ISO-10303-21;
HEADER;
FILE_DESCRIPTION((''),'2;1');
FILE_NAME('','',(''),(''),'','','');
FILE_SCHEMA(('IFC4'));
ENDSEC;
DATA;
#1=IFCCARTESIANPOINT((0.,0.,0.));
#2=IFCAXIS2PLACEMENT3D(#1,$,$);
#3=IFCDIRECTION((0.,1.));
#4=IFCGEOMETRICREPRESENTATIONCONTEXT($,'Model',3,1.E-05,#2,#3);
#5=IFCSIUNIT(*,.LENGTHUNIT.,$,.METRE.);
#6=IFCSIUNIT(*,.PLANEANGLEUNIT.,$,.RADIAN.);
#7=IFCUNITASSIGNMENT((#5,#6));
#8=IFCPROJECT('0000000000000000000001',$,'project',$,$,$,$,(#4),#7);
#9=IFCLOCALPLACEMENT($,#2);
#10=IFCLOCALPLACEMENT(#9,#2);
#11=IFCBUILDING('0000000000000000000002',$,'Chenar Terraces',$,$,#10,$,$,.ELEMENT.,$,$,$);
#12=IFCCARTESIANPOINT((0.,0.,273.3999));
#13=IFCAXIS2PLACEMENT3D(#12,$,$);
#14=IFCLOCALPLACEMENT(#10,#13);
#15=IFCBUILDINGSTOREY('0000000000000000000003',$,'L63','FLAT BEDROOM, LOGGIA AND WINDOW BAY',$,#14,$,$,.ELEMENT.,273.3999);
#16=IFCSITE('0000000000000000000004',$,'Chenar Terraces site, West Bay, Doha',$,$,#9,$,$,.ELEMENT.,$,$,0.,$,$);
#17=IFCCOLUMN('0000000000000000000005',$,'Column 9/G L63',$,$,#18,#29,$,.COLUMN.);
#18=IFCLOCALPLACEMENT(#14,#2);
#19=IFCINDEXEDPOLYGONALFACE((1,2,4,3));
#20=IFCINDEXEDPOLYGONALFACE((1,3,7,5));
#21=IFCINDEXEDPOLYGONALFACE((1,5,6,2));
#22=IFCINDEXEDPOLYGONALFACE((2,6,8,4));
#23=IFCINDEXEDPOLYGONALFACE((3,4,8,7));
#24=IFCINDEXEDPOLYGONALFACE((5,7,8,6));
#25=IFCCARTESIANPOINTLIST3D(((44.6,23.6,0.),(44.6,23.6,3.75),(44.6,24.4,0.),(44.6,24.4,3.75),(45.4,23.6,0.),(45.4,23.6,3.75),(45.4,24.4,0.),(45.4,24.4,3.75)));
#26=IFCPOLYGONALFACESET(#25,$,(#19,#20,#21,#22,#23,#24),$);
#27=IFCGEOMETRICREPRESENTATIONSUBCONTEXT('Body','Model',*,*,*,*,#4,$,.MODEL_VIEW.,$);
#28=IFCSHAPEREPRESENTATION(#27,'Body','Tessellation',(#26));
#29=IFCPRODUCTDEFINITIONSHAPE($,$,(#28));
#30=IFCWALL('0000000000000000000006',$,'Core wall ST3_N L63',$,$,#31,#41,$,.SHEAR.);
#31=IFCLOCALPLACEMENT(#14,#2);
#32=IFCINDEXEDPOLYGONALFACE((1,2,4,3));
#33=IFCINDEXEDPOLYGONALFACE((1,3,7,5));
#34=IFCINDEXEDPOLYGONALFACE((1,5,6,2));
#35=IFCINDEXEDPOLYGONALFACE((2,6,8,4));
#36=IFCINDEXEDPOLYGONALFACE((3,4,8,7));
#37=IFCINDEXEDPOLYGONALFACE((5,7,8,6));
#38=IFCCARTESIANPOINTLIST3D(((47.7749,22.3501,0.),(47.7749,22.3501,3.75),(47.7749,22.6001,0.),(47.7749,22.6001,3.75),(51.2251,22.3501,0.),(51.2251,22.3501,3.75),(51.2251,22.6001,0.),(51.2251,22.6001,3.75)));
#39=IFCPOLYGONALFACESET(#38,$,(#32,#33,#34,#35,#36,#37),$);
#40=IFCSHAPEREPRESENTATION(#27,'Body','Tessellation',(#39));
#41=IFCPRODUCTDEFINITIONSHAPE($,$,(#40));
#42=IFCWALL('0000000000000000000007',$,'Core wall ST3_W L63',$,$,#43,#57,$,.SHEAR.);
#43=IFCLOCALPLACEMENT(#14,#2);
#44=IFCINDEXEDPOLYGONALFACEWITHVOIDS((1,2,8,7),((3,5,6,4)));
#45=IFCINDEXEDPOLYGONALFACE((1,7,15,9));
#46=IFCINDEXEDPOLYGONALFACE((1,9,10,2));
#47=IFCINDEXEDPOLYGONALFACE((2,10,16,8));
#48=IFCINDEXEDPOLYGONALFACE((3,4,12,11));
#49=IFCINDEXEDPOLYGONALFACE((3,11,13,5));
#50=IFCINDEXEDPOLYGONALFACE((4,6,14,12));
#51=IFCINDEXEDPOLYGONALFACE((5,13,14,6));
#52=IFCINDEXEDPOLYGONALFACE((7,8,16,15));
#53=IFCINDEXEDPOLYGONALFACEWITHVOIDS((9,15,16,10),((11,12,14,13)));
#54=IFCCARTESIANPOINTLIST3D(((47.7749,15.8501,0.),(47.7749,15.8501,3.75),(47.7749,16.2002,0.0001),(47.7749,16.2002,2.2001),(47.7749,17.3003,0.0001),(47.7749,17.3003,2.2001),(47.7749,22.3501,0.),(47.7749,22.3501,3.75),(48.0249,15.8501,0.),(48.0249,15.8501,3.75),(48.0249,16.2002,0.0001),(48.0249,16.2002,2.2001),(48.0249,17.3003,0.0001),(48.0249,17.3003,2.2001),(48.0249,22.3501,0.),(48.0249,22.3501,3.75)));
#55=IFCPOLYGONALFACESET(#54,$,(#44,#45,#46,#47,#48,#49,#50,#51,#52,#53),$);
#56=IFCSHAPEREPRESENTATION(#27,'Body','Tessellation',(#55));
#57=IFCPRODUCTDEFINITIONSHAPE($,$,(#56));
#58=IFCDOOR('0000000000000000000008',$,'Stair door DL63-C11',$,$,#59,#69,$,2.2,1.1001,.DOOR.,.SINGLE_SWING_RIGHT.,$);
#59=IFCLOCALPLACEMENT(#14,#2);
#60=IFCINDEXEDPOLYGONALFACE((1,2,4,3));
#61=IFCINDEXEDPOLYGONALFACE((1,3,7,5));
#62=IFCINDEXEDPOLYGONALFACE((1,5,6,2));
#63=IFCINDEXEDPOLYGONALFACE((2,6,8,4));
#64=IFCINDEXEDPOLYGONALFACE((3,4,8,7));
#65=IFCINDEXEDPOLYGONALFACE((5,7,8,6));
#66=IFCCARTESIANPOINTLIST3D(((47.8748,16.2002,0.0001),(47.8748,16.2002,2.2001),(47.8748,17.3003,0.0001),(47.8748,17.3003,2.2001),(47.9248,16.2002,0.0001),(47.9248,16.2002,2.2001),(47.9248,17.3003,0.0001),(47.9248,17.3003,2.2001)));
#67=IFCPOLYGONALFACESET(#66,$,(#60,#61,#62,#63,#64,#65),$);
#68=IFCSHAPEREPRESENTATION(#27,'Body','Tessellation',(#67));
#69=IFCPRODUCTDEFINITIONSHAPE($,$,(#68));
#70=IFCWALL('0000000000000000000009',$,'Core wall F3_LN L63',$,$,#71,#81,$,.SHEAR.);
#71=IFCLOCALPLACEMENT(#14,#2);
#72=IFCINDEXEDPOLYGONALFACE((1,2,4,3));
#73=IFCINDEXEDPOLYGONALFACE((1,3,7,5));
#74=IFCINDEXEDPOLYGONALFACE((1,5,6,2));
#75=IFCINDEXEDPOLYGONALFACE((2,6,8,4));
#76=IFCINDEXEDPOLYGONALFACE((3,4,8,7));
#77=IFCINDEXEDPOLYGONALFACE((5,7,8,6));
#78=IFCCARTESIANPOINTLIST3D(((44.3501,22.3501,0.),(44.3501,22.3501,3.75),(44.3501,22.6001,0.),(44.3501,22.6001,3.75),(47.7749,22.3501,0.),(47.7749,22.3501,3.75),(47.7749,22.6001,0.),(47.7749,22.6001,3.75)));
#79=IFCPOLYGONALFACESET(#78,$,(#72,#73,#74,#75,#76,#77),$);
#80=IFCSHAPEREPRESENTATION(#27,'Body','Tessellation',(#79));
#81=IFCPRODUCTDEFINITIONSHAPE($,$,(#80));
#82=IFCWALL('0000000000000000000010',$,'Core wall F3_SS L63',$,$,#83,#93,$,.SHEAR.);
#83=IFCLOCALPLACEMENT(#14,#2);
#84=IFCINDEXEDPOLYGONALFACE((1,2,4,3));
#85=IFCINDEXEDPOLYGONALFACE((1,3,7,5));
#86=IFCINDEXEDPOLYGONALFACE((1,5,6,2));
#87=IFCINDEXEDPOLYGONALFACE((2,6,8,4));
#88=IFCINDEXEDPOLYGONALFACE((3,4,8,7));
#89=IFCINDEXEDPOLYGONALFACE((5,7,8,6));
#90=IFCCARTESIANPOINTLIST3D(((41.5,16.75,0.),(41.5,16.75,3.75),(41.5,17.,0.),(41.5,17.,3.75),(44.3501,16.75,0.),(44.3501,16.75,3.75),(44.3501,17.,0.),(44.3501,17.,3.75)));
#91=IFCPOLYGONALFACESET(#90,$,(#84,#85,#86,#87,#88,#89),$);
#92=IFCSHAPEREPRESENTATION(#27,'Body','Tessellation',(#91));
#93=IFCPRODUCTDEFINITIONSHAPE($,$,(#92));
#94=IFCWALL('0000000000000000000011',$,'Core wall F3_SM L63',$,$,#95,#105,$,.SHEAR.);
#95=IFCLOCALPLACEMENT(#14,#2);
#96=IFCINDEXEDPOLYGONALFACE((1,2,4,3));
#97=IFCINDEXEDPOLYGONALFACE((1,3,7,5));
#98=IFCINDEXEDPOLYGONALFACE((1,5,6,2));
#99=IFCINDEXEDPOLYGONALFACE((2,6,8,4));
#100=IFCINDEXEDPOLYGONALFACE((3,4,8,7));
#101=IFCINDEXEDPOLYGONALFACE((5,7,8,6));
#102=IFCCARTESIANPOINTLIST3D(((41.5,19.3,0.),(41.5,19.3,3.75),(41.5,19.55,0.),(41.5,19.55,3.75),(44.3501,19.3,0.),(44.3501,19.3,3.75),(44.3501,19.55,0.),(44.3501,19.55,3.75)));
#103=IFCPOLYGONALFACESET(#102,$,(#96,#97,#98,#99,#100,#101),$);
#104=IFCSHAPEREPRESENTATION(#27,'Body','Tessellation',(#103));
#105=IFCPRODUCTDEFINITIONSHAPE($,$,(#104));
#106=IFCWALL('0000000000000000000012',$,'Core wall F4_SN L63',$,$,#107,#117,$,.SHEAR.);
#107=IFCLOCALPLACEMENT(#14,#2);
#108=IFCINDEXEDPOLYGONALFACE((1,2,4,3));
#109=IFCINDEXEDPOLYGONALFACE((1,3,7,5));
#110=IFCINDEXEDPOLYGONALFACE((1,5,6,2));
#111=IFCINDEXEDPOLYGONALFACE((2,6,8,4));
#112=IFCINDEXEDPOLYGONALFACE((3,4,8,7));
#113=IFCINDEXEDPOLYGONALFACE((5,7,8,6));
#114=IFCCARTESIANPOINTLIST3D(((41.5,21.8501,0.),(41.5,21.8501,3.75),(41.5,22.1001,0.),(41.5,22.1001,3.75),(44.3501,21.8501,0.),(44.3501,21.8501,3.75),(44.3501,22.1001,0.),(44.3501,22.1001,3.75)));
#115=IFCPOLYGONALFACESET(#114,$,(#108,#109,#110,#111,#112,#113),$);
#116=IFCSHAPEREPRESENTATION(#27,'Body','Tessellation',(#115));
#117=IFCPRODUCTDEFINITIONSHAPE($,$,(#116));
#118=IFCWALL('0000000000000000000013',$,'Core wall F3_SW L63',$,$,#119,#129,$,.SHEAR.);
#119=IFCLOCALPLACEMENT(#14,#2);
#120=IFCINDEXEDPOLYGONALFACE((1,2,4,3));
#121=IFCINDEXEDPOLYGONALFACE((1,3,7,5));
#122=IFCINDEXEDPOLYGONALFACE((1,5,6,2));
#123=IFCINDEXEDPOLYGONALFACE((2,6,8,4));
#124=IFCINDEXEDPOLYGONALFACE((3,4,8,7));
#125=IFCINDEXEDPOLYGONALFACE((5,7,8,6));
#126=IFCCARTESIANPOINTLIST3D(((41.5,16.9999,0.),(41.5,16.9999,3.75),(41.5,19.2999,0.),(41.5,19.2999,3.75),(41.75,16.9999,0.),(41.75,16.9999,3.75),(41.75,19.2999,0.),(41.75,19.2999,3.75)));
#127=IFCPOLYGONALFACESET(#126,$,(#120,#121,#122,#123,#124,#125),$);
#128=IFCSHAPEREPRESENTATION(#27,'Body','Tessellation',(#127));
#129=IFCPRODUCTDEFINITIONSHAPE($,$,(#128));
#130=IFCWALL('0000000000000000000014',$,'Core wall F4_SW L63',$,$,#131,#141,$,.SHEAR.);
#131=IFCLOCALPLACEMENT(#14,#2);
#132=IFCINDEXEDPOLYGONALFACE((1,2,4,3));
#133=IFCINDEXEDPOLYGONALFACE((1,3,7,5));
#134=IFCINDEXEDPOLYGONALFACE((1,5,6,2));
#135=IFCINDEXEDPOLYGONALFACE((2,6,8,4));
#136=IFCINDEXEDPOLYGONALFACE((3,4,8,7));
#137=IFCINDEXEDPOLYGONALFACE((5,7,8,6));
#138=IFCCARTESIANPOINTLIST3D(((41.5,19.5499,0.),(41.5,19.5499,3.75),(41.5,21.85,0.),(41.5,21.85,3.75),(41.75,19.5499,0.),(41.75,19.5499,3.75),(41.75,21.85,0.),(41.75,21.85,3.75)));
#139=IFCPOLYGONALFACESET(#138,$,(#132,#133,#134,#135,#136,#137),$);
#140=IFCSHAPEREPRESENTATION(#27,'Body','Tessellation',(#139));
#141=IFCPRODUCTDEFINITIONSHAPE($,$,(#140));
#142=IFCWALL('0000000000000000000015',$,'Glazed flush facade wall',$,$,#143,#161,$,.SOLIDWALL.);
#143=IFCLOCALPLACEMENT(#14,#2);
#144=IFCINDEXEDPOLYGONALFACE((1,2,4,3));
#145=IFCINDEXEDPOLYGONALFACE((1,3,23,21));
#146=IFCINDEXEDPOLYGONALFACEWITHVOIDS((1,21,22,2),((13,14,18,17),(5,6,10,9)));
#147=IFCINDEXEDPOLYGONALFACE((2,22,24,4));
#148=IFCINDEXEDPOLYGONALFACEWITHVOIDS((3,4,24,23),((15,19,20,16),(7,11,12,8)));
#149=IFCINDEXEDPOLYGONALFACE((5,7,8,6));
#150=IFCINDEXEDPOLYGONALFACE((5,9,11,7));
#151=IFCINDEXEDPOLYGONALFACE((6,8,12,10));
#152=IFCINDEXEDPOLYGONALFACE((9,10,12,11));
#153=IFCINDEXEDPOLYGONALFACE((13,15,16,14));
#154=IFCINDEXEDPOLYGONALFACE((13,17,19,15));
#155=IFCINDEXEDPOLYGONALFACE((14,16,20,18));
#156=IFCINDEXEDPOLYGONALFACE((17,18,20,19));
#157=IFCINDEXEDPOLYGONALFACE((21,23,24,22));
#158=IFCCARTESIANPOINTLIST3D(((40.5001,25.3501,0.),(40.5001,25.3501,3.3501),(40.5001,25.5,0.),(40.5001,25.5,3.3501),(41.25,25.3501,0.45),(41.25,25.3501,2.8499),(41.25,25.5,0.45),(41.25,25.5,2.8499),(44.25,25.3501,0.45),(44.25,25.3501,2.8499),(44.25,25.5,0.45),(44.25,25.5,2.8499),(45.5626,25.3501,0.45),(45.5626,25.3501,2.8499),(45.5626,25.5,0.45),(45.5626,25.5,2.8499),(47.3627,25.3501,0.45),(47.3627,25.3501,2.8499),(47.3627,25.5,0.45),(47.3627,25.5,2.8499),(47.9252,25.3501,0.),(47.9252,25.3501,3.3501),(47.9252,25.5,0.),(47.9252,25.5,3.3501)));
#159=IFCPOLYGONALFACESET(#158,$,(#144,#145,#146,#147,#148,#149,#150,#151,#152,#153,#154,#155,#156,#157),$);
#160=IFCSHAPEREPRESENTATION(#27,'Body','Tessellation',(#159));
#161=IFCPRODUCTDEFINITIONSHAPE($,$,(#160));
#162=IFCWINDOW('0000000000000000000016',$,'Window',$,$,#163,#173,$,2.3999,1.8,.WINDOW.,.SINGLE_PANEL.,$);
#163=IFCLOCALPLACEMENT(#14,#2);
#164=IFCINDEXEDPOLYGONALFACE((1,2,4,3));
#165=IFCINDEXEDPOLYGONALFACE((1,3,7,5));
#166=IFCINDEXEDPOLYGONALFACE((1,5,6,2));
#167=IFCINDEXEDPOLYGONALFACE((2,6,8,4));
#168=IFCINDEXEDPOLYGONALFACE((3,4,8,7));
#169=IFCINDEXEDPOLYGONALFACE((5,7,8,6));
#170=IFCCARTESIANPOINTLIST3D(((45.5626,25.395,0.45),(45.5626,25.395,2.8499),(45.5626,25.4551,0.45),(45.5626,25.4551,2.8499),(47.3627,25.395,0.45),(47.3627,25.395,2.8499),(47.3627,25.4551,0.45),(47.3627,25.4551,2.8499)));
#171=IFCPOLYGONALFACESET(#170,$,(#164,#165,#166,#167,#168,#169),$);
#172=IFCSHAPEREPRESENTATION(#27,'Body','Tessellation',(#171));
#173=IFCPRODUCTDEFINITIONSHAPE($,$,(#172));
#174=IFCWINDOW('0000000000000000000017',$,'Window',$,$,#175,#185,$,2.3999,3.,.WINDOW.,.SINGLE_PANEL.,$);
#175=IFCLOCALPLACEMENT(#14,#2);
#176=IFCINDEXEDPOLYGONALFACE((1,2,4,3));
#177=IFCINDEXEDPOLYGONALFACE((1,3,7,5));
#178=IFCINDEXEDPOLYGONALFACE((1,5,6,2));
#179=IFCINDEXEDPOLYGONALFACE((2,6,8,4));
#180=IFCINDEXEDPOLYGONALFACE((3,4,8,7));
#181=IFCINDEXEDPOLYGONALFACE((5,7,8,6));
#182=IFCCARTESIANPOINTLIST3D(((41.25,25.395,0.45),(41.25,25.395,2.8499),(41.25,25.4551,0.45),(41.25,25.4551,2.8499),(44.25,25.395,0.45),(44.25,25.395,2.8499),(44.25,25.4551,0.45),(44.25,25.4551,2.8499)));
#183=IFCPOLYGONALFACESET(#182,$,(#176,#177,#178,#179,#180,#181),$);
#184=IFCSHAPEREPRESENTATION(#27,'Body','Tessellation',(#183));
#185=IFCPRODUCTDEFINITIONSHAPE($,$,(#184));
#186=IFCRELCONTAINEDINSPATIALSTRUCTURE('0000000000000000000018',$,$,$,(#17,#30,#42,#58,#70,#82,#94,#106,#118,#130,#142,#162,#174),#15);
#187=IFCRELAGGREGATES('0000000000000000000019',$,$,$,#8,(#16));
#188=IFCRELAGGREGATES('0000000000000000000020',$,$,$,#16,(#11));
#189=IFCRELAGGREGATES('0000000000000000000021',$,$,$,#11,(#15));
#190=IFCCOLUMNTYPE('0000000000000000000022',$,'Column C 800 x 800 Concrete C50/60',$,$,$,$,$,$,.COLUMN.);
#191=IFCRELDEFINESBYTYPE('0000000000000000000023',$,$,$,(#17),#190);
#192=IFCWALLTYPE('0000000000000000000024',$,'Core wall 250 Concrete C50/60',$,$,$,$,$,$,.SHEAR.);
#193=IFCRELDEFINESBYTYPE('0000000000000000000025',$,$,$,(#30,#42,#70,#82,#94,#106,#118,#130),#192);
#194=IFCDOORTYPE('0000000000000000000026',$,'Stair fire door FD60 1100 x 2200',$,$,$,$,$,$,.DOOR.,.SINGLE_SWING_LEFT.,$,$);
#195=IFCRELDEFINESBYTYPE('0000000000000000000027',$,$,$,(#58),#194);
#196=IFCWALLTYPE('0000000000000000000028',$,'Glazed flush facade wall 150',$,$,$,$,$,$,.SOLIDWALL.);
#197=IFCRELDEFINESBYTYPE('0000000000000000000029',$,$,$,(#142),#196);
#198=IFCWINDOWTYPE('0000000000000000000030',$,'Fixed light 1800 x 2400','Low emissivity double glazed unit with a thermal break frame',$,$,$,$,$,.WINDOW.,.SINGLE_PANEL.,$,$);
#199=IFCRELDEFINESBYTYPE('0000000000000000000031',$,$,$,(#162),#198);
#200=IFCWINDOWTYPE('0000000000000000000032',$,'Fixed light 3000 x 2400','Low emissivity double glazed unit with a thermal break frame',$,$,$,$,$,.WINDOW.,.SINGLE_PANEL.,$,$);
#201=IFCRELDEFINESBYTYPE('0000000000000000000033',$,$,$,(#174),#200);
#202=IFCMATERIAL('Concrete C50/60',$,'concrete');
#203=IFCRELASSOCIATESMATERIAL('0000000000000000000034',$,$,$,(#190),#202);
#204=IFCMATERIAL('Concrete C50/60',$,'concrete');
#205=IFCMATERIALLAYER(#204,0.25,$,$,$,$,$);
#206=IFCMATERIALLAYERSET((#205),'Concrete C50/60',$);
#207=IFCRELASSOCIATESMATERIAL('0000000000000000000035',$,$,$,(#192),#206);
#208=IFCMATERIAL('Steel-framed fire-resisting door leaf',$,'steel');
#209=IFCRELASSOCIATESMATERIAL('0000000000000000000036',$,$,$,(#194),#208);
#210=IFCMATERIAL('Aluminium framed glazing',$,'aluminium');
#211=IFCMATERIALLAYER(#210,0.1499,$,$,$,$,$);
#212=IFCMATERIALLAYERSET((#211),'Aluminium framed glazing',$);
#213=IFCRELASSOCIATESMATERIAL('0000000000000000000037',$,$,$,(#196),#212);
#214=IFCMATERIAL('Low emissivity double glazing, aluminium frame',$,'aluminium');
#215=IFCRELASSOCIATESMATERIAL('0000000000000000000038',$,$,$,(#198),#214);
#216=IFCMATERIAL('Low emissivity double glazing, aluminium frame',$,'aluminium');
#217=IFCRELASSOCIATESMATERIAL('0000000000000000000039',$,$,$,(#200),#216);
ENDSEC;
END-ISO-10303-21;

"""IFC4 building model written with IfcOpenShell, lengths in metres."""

from ifc_helpers import new_model, si_unit, direction, frame, frame_2d, origin, origin_2d, place, context, subcontext, project, spatial, rectangle, extrude, material, layer, layer_set, material_profile, profile_set, type_object, element, fill, save


model = new_model("IFC4")

# Units and contexts
model_context = context("Model", 3, precision=1e-05, world=origin(), true_north=direction((0.0, 1.0)))
body_context = subcontext(model_context, "Body", "Model", "MODEL_VIEW")
ifc_project = project(units=[si_unit("LENGTHUNIT", "METRE"), si_unit("PLANEANGLEUNIT", "RADIAN")], contexts=[model_context])

# Site, building, storey
site_placement = place(None, origin())
site = spatial("IfcSite", under=ifc_project, at=site_placement, Name="Chenar Terraces site, West Bay, Doha", CompositionType="ELEMENT", RefElevation=0.0)
building_placement = place(site_placement, origin())
building = spatial("IfcBuilding", under=site, at=building_placement, Name="Chenar Terraces", CompositionType="ELEMENT")
storey_placement = place(building_placement, frame((0.0, 0.0, 273.3999)))
storey = spatial("IfcBuildingStorey", under=building, at=storey_placement, Name="L63", Description="FLAT BEDROOM, LOGGIA AND WINDOW BAY", CompositionType="ELEMENT", Elevation=273.3999)

# Column
ifc_material_1 = material(Name="Concrete C50/60", Category="concrete")
ifc_material_profile_1 = material_profile(ifc_material_1, rectangle(XDim=0.8, YDim=0.8, at=origin_2d()), Name="C 800 x 800")
ifc_profile_set_1 = profile_set([ifc_material_profile_1], Name="Concrete C50/60")
column_type = type_object("IfcColumnType", Name="Column C 800 x 800 Concrete C50/60", PredefinedType="COLUMN", material=ifc_profile_set_1)
column_placement = place(storey_placement, frame((45.0, 24.0, 0.0), z_axis=(0.0, 0.0, 1.0), x_axis=(1.0, 0.0, 0.0)))
element("IfcColumn", 1, at=column_placement, inside=storey, type_object=column_type, Name="Column 9/G L63", PredefinedType="COLUMN", context=body_context, shape_type="SweptSolid", body=[
    extrude(rectangle(XDim=0.8, YDim=0.8, at=origin_2d()), origin(), (0.0, 0.0, 1.0), 3.75),
])

# Wall
ifc_material_2 = material(Name="Concrete C50/60", Category="concrete")
ifc_layer_1 = layer(ifc_material_2, 0.25)
ifc_layer_set_1 = layer_set([ifc_layer_1], Name="Concrete C50/60")
wall_type_1 = type_object("IfcWallType", Name="Core wall 250 Concrete C50/60", PredefinedType="SHEAR", material=ifc_layer_set_1)
wall_1_placement = place(storey_placement, frame((47.7749, 22.4751, 0.0), z_axis=(0.0, 0.0, 1.0), x_axis=(1.0, 0.0, 0.0)))
element("IfcWall", 2, at=wall_1_placement, inside=storey, type_object=wall_type_1, Name="Core wall ST3_N L63", PredefinedType="SHEAR", context=body_context, shape_type="SweptSolid", body=[
    extrude(rectangle(XDim=3.4502, YDim=0.25, at=frame_2d((1.7251, 0.0))), origin(), (0.0, 0.0, 1.0), 3.75),
])

# Wall, opening, door
wall_2_placement = place(storey_placement, frame((47.8999, 15.8501, 0.0), z_axis=(0.0, 0.0, 1.0), x_axis=(0.0, 1.0, 0.0)))
wall_2 = element("IfcWall", 3, at=wall_2_placement, inside=storey, type_object=wall_type_1, Name="Core wall ST3_W L63", PredefinedType="SHEAR", context=body_context, shape_type="SweptSolid", body=[
    extrude(rectangle(XDim=6.5, YDim=0.25, at=frame_2d((3.25, 0.0))), origin(), (0.0, 0.0, 1.0), 3.75),
])
opening_1_placement = place(wall_2_placement, frame((0.3501, 0.0, 0.0)))
opening_1 = element("IfcOpeningElement", 4, at=opening_1_placement, cuts=wall_2, PredefinedType="OPENING", context=body_context, shape_type="SweptSolid", body=[
    extrude(rectangle(XDim=1.1001, YDim=2.2, at=frame_2d((0.55, 1.1001))), frame((0.0, 0.135, 0.0), z_axis=(0.0, -1.0, 0.0), x_axis=(1.0, 0.0, 0.0)), (0.0, 0.0, 1.0), 0.27),
])
ifc_material_3 = material(Name="Steel-framed fire-resisting door leaf", Category="steel")
door_type = type_object("IfcDoorType", Name="Stair fire door FD60 1100 x 2200", OperationType="SINGLE_SWING_LEFT", PredefinedType="DOOR", material=ifc_material_3)
door_placement = place(opening_1_placement, frame((1.1001, 0.0, 0.0), z_axis=(0.0, 0.0, 1.0), x_axis=(-1.0, 0.0, 0.0)))
door = element("IfcDoor", 5, at=door_placement, inside=storey, type_object=door_type, Name="Stair door DL63-C11", OperationType="SINGLE_SWING_RIGHT", OverallHeight=2.2, OverallWidth=1.1001, PredefinedType="DOOR", context=body_context, shape_type="SweptSolid", body=[
    extrude(rectangle(XDim=1.1001, YDim=2.2, at=frame_2d((0.55, 1.1001))), frame((0.0, 0.0249, 0.0), z_axis=(0.0, -1.0, 0.0), x_axis=(1.0, 0.0, 0.0)), (0.0, 0.0, 1.0), 0.05),
])
fill(opening_1, door)

# Walls
wall_3_placement = place(storey_placement, frame((44.3501, 22.4751, 0.0), z_axis=(0.0, 0.0, 1.0), x_axis=(1.0, 0.0, 0.0)))
element("IfcWall", 6, at=wall_3_placement, inside=storey, type_object=wall_type_1, Name="Core wall F3_LN L63", PredefinedType="SHEAR", context=body_context, shape_type="SweptSolid", body=[
    extrude(rectangle(XDim=3.4248, YDim=0.25, at=frame_2d((1.7124, 0.0))), origin(), (0.0, 0.0, 1.0), 3.75),
])
for number, where, z_axis, x_axis, name in (
    (7, (41.5, 16.875, 0.0), (0.0, 0.0, 1.0), (1.0, 0.0, 0.0), "Core wall F3_SS L63"),
    (8, (41.5, 19.425, 0.0), (0.0, 0.0, 1.0), (1.0, 0.0, 0.0), "Core wall F3_SM L63"),
    (9, (41.5, 21.9751, 0.0), (0.0, 0.0, 1.0), (1.0, 0.0, 0.0), "Core wall F4_SN L63"),
):
    element("IfcWall", number, at=place(storey_placement, frame(where, z_axis=z_axis, x_axis=x_axis)), inside=storey, type_object=wall_type_1, Name=name, PredefinedType="SHEAR", context=body_context, shape_type="SweptSolid", body=[
        extrude(rectangle(XDim=2.8501, YDim=0.25, at=frame_2d((1.425, 0.0))), origin(), (0.0, 0.0, 1.0), 3.75),
    ])
for number, where, z_axis, x_axis, name in (
    (10, (41.625, 17.0, 0.0), (0.0, 0.0, 1.0), (0.0, 1.0, 0.0), "Core wall F3_SW L63"),
    (11, (41.625, 19.55, 0.0), (0.0, 0.0, 1.0), (0.0, 1.0, 0.0), "Core wall F4_SW L63"),
):
    element("IfcWall", number, at=place(storey_placement, frame(where, z_axis=z_axis, x_axis=x_axis)), inside=storey, type_object=wall_type_1, Name=name, PredefinedType="SHEAR", context=body_context, shape_type="SweptSolid", body=[
        extrude(rectangle(XDim=2.3, YDim=0.25, at=frame_2d((1.1499, 0.0))), origin(), (0.0, 0.0, 1.0), 3.75),
    ])

# Wall, openings, windows
ifc_material_4 = material(Name="Aluminium framed glazing", Category="aluminium")
ifc_layer_2 = layer(ifc_material_4, 0.1499)
ifc_layer_set_2 = layer_set([ifc_layer_2], Name="Aluminium framed glazing")
wall_type_2 = type_object("IfcWallType", Name="Glazed flush facade wall 150", PredefinedType="SOLIDWALL", material=ifc_layer_set_2)
wall_4_placement = place(storey_placement, frame((47.925, 25.425, 0.0), z_axis=(0.0, 0.0, 1.0), x_axis=(-1.0, 0.0, 0.0)))
wall_4 = element("IfcWall", 12, at=wall_4_placement, inside=storey, type_object=wall_type_2, Name="Glazed flush facade wall", PredefinedType="SOLIDWALL", context=body_context, shape_type="SweptSolid", body=[
    extrude(rectangle(XDim=7.425, YDim=0.1499, at=frame_2d((3.7124, 0.0))), origin(), (0.0, 0.0, 1.0), 3.3501),
])
opening_2_placement = place(wall_4_placement, frame((0.5625, 0.0, 0.45)))
opening_2 = element("IfcOpeningElement", 13, at=opening_2_placement, cuts=wall_4, PredefinedType="OPENING", context=body_context, shape_type="SweptSolid", body=[
    extrude(rectangle(XDim=1.8, YDim=2.3999, at=frame_2d((0.8999, 1.2))), frame((0.0, 0.085, 0.0), z_axis=(0.0, -1.0, 0.0), x_axis=(1.0, 0.0, 0.0)), (0.0, 0.0, 1.0), 0.1699),
])
opening_3_placement = place(wall_4_placement, frame((3.675, 0.0, 0.45)))
opening_3 = element("IfcOpeningElement", 14, at=opening_3_placement, cuts=wall_4, PredefinedType="OPENING", context=body_context, shape_type="SweptSolid", body=[
    extrude(rectangle(XDim=3.0, YDim=2.3999, at=frame_2d((1.5, 1.2))), frame((0.0, 0.085, 0.0), z_axis=(0.0, -1.0, 0.0), x_axis=(1.0, 0.0, 0.0)), (0.0, 0.0, 1.0), 0.1699),
])
ifc_material_5 = material(Name="Low emissivity double glazing, aluminium frame", Category="aluminium")
window_type_1 = type_object("IfcWindowType", Name="Fixed light 1800 x 2400", Description="Low emissivity double glazed unit with a thermal break frame", PartitioningType="SINGLE_PANEL", PredefinedType="WINDOW", material=ifc_material_5)
window_1_placement = place(opening_2_placement, origin())
window_1 = element("IfcWindow", 15, at=window_1_placement, inside=storey, type_object=window_type_1, Name="Window", OverallHeight=2.3999, OverallWidth=1.8, PartitioningType="SINGLE_PANEL", PredefinedType="WINDOW", context=body_context, shape_type="SweptSolid", body=[
    extrude(rectangle(XDim=1.8, YDim=2.3999, at=frame_2d((0.8999, 1.2))), frame((0.0, 0.03, 0.0), z_axis=(0.0, -1.0, 0.0), x_axis=(1.0, 0.0, 0.0)), (0.0, 0.0, 1.0), 0.0601),
])
fill(opening_2, window_1)
ifc_material_6 = material(Name="Low emissivity double glazing, aluminium frame", Category="aluminium")
window_type_2 = type_object("IfcWindowType", Name="Fixed light 3000 x 2400", Description="Low emissivity double glazed unit with a thermal break frame", PartitioningType="SINGLE_PANEL", PredefinedType="WINDOW", material=ifc_material_6)
window_2_placement = place(opening_3_placement, origin())
window_2 = element("IfcWindow", 16, at=window_2_placement, inside=storey, type_object=window_type_2, Name="Window", OverallHeight=2.3999, OverallWidth=3.0, PartitioningType="SINGLE_PANEL", PredefinedType="WINDOW", context=body_context, shape_type="SweptSolid", body=[
    extrude(rectangle(XDim=3.0, YDim=2.3999, at=frame_2d((1.5, 1.2))), frame((0.0, 0.03, 0.0), z_axis=(0.0, -1.0, 0.0), x_axis=(1.0, 0.0, 0.0)), (0.0, 0.0, 1.0), 0.0601),
])
fill(opening_3, window_2)

save(model, "model.ifc")
